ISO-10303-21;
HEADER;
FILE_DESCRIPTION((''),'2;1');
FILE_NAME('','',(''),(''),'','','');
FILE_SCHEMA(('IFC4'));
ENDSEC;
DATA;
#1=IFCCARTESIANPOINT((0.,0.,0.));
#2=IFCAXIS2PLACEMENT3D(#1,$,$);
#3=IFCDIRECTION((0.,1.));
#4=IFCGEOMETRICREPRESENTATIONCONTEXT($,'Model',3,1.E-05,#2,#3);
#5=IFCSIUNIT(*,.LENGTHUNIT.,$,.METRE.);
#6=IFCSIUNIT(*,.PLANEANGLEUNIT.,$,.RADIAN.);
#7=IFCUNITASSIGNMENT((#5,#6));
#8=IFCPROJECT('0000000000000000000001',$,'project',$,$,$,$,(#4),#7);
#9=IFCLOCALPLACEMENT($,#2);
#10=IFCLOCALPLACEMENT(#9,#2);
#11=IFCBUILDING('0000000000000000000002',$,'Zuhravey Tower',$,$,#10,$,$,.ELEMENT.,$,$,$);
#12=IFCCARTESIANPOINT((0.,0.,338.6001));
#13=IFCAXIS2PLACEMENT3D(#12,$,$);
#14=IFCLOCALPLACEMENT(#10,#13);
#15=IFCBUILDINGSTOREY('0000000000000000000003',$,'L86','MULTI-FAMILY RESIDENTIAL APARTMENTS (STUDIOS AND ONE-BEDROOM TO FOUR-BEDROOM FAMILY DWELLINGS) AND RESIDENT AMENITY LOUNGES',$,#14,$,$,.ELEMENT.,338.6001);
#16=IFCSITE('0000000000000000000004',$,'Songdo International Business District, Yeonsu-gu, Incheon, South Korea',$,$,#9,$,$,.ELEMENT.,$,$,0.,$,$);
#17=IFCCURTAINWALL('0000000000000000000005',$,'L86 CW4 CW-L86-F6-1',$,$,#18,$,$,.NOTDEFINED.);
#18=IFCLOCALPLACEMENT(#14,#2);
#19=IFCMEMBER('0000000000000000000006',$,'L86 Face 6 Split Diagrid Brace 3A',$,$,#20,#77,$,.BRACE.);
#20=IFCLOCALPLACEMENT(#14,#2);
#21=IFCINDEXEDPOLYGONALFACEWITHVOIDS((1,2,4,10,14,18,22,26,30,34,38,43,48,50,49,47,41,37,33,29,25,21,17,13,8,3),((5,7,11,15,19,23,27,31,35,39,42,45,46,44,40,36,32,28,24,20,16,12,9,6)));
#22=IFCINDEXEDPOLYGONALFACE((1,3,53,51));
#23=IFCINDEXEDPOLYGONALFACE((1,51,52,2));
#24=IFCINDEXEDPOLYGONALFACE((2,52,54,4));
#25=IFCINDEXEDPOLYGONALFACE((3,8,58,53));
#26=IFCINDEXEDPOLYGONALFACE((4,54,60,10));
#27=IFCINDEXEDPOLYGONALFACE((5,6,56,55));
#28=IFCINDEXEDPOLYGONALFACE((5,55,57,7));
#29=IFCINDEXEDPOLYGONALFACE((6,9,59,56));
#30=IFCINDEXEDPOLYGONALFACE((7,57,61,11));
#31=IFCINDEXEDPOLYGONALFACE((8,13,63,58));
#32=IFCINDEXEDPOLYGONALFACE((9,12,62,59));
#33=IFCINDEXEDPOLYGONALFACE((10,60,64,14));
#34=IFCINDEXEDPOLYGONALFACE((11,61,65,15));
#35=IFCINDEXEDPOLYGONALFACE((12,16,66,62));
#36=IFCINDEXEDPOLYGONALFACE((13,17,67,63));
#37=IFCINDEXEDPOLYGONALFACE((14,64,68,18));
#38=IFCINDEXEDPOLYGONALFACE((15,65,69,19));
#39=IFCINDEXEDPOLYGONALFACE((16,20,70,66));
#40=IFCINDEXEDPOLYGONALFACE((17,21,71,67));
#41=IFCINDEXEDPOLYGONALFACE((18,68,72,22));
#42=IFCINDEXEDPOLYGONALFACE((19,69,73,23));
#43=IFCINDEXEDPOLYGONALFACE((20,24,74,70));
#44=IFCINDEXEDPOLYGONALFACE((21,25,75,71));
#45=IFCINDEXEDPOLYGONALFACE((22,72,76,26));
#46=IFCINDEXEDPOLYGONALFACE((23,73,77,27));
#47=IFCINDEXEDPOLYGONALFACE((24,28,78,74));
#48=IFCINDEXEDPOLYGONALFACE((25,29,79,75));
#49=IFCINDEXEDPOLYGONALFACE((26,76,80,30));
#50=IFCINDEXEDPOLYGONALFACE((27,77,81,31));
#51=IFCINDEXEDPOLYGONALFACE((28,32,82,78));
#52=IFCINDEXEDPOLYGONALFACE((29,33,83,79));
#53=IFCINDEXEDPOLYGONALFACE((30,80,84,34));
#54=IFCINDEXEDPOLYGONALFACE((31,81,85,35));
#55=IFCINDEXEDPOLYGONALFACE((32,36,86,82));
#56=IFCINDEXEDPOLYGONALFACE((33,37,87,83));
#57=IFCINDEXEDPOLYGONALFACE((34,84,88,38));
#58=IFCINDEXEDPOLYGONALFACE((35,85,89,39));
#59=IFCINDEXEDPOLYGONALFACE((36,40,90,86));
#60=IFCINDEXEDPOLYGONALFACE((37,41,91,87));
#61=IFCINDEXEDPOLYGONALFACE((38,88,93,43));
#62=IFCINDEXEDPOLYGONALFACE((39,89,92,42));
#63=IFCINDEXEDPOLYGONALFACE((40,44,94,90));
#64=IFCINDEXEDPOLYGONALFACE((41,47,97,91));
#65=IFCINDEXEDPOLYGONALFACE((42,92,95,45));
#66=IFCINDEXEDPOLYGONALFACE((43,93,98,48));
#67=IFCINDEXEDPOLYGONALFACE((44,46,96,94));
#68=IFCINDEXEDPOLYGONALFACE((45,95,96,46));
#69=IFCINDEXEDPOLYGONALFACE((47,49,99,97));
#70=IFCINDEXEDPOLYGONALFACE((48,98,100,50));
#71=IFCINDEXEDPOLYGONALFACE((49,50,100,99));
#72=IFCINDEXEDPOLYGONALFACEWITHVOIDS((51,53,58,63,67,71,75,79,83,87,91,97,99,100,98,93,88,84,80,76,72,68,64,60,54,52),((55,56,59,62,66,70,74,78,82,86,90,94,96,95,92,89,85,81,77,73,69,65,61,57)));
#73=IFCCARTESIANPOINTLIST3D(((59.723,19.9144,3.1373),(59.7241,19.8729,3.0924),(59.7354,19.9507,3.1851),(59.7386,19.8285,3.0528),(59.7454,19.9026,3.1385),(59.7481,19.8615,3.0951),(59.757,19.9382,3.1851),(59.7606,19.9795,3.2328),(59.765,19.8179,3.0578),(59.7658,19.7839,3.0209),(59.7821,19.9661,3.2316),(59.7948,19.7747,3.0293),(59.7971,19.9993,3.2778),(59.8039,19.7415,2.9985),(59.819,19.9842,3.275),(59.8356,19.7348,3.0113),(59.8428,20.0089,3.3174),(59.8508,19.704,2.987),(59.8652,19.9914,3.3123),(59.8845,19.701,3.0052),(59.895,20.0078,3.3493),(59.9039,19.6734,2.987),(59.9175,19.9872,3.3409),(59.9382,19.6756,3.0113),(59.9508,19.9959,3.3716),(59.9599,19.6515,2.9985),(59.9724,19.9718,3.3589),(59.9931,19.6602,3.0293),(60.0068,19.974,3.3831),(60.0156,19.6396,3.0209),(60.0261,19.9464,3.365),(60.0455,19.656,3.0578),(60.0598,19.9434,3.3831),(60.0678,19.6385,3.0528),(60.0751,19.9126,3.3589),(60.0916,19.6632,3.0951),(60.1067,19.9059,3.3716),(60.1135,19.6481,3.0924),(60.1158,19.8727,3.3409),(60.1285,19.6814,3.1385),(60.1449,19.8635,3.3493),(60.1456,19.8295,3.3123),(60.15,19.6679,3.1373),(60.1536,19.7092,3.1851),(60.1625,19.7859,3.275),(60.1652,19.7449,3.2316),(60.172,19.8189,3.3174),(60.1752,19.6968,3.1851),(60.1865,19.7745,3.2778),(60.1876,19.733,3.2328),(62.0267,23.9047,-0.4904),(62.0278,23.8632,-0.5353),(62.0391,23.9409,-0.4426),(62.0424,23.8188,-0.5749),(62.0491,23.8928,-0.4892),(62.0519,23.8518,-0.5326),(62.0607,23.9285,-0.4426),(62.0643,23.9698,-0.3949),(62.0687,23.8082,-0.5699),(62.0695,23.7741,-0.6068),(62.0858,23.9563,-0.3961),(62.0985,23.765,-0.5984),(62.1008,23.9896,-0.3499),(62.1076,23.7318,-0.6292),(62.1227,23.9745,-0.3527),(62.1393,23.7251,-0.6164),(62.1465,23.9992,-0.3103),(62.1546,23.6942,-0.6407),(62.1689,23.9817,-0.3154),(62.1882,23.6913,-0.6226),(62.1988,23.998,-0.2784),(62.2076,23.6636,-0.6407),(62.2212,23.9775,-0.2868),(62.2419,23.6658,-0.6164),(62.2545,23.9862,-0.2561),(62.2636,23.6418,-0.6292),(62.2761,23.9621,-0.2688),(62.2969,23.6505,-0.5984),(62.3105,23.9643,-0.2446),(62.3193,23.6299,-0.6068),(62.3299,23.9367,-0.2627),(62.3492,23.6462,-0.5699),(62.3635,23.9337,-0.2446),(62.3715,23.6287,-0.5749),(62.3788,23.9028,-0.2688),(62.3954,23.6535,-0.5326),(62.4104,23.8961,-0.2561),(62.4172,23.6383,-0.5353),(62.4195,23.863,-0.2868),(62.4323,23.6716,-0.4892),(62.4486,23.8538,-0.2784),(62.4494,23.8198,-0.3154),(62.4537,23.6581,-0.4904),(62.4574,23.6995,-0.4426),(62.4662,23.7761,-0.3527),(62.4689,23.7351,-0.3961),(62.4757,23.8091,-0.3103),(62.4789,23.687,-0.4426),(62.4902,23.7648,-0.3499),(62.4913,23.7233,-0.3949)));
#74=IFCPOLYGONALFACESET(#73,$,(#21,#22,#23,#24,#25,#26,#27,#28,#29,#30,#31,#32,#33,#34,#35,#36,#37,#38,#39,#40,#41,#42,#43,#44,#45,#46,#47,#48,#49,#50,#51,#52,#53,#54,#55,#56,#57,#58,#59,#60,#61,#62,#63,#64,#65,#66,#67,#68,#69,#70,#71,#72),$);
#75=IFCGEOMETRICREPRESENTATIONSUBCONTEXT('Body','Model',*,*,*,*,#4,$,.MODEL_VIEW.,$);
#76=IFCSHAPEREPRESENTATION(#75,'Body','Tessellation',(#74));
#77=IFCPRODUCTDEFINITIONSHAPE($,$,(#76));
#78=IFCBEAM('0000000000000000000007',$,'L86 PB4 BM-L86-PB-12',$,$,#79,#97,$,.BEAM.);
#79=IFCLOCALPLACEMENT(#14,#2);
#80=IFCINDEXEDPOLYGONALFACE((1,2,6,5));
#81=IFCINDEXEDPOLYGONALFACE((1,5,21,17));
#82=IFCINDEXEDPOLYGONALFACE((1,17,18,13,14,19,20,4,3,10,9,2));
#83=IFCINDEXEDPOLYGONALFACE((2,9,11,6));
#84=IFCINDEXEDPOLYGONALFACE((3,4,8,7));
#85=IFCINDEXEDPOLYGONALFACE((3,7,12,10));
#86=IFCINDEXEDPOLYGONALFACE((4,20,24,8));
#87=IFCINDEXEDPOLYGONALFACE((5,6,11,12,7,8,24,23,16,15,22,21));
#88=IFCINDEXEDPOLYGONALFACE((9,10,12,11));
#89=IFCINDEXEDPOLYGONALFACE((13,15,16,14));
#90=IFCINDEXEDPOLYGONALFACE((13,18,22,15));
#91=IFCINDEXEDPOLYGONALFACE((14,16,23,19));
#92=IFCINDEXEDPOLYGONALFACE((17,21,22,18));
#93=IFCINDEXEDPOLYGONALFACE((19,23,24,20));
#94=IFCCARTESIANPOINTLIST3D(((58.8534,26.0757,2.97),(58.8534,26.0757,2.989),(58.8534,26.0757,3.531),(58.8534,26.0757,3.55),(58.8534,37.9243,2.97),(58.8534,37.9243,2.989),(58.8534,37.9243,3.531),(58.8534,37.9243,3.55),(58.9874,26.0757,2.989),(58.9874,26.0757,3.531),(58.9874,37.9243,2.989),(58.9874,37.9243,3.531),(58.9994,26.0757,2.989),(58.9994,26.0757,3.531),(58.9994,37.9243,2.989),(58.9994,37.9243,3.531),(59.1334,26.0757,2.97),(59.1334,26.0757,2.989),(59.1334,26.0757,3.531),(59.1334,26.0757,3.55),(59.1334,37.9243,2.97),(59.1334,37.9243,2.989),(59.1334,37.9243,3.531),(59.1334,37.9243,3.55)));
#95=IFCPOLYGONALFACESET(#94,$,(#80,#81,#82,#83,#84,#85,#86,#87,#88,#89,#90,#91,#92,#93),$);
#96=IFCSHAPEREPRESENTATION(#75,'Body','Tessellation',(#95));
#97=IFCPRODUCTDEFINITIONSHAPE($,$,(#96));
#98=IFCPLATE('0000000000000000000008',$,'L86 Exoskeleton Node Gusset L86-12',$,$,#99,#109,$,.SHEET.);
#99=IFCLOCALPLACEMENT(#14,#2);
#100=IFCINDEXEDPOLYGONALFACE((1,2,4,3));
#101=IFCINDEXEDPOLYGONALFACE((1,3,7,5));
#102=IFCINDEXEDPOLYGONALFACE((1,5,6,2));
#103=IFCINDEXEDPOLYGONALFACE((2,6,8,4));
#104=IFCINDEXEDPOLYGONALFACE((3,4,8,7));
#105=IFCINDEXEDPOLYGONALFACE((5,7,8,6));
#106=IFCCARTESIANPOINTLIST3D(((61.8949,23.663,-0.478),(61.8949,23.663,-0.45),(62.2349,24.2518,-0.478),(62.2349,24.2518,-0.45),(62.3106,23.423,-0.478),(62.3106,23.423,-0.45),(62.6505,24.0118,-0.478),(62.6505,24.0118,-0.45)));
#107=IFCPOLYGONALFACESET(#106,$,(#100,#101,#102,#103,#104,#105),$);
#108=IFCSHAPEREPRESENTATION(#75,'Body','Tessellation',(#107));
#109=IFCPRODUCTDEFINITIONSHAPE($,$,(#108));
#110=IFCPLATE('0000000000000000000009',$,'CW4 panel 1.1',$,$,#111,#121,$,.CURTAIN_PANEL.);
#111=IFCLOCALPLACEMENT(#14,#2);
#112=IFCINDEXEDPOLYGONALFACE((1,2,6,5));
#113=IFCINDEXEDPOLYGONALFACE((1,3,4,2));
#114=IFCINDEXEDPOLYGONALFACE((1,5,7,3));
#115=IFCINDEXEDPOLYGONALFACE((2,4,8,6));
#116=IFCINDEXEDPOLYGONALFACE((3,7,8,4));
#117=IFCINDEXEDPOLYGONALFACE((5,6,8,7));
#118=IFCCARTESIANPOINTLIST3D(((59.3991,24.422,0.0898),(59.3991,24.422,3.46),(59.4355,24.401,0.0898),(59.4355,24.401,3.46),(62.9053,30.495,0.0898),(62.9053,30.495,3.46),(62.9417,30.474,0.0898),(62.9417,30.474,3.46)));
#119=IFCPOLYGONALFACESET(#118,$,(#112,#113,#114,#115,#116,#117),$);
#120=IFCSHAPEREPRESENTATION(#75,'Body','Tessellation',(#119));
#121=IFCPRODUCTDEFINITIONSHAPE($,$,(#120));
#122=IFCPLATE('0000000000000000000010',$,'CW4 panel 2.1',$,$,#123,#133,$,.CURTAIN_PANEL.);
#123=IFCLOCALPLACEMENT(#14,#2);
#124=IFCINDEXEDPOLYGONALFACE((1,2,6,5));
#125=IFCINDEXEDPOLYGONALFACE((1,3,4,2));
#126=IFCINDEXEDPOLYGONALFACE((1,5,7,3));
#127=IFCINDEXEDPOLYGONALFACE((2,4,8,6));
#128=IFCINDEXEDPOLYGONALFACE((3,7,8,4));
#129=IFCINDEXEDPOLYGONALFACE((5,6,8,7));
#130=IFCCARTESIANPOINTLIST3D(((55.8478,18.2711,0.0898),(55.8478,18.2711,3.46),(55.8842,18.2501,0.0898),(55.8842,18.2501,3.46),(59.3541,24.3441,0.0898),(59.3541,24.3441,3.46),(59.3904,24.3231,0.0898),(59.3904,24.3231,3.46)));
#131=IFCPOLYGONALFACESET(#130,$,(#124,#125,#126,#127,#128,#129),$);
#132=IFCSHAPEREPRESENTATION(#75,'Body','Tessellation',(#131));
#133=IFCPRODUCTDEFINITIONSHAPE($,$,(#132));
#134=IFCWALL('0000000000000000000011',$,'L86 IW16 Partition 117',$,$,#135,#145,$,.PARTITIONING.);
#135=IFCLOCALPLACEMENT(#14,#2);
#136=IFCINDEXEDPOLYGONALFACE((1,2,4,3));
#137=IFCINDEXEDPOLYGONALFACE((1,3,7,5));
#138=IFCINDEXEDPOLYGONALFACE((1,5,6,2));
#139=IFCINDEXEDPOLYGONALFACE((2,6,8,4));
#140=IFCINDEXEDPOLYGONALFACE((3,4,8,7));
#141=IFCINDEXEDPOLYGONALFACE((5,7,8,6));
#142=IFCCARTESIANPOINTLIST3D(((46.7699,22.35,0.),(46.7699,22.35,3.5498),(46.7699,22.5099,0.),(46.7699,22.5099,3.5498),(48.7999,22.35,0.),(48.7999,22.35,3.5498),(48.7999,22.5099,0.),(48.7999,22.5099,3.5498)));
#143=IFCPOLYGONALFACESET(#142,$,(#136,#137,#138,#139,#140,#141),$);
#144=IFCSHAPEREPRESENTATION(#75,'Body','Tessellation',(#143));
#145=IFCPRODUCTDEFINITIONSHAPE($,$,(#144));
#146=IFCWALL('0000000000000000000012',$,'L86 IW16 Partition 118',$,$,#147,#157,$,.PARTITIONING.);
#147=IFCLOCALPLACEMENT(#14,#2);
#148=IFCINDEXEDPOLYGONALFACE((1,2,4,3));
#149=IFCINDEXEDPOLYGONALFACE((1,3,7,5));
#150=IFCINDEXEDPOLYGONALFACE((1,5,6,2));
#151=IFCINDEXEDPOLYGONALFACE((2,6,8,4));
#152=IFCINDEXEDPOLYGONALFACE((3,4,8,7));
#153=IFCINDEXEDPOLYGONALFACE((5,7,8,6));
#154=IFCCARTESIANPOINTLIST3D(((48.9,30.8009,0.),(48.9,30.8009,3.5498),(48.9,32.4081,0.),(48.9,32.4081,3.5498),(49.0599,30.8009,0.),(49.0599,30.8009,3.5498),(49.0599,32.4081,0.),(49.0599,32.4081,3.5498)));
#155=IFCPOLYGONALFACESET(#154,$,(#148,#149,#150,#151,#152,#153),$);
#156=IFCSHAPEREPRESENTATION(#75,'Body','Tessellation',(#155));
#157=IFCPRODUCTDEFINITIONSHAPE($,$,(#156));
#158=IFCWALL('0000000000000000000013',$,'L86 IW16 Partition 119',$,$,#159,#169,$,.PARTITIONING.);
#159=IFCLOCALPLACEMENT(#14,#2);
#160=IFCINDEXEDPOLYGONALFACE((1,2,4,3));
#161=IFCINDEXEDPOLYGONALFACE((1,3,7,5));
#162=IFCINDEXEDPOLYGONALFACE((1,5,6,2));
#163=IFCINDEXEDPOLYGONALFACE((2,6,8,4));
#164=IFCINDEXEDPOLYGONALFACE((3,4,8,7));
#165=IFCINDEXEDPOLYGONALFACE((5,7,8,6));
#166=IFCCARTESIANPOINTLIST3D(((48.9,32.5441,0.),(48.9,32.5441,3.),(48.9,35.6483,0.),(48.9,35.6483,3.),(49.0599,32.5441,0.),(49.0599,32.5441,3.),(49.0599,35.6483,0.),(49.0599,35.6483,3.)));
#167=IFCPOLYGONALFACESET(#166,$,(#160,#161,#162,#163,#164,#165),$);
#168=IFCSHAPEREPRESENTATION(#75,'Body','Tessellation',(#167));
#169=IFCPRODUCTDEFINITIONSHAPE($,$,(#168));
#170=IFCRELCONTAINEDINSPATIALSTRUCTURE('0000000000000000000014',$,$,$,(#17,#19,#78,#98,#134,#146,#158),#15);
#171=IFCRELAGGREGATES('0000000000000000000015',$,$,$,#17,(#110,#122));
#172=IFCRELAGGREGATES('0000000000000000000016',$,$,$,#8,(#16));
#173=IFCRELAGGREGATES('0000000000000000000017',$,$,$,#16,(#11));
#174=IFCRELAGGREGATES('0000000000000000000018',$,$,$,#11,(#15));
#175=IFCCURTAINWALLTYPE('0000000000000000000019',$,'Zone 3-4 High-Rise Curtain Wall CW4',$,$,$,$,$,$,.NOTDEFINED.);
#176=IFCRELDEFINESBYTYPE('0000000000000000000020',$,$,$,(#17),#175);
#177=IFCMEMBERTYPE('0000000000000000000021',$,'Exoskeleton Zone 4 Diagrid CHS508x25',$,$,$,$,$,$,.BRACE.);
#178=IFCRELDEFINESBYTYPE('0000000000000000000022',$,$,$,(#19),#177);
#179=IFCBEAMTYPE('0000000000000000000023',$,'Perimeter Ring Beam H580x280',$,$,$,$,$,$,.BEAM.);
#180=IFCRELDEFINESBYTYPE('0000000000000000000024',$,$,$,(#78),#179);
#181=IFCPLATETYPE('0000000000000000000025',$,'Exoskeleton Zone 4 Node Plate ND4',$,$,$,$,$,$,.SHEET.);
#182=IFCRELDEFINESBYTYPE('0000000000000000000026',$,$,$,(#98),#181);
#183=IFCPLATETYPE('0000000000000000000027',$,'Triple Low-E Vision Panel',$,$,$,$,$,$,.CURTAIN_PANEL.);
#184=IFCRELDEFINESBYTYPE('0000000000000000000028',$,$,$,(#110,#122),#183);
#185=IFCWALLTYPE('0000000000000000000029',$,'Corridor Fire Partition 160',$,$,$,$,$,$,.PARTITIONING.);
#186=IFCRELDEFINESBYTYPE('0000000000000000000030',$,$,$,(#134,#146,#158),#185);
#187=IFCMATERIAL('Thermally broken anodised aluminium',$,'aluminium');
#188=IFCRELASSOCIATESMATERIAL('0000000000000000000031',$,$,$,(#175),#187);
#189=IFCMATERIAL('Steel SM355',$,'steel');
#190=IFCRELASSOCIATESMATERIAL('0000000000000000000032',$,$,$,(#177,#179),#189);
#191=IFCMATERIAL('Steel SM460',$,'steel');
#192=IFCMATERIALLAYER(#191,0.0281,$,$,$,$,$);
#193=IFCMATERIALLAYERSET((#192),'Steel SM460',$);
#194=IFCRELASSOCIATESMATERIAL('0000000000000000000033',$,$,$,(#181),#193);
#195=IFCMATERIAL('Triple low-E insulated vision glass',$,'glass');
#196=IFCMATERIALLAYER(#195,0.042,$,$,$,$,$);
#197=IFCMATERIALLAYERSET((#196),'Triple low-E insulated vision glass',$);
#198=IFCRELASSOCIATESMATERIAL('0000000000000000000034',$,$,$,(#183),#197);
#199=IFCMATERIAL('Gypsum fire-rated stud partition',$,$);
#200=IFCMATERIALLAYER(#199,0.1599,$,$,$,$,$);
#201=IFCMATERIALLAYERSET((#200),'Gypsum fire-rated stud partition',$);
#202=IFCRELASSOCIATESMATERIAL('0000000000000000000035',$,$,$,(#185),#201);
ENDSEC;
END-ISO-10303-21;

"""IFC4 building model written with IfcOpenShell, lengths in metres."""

from ifc_helpers import new_model, si_unit, direction, frame, frame_2d, origin, origin_2d, place, context, subcontext, project, spatial, rectangle, hollow_circle, i_section, extrude, material, layer, layer_set, material_profile, profile_set, type_object, element, aggregate, save


model = new_model("IFC4")

# Units and contexts
model_context = context("Model", 3, precision=1e-05, world=origin(), true_north=direction((0.0, 1.0)))
body_context = subcontext(model_context, "Body", "Model", "MODEL_VIEW")
ifc_project = project(units=[si_unit("LENGTHUNIT", "METRE"), si_unit("PLANEANGLEUNIT", "RADIAN")], contexts=[model_context])

# Site, building, storey
site_placement = place(None, origin())
site = spatial("IfcSite", under=ifc_project, at=site_placement, Name="Songdo International Business District, Yeonsu-gu, Incheon, South Korea", CompositionType="ELEMENT", RefElevation=0.0)
building_placement = place(site_placement, origin())
building = spatial("IfcBuilding", under=site, at=building_placement, Name="Zuhravey Tower", CompositionType="ELEMENT")
storey_placement = place(building_placement, frame((0.0, 0.0, 338.6001)))
storey = spatial("IfcBuildingStorey", under=building, at=storey_placement, Name="L86", Description="MULTI-FAMILY RESIDENTIAL APARTMENTS (STUDIOS AND ONE-BEDROOM TO FOUR-BEDROOM FAMILY DWELLINGS) AND RESIDENT AMENITY LOUNGES", CompositionType="ELEMENT", Elevation=338.6001)

# Curtain wall
ifc_material_1 = material(Name="Thermally broken anodised aluminium", Category="aluminium")
curtain_wall_type = type_object("IfcCurtainWallType", Name="Zone 3-4 High-Rise Curtain Wall CW4", PredefinedType="NOTDEFINED", material=ifc_material_1)
curtain_wall_placement = place(storey_placement, origin())
curtain_wall = element("IfcCurtainWall", 1, at=curtain_wall_placement, inside=storey, type_object=curtain_wall_type, Name="L86 CW4 CW-L86-F6-1", PredefinedType="NOTDEFINED")

# Member
ifc_material_2 = material(Name="Steel SM355", Category="steel")
ifc_material_profile_1 = material_profile(ifc_material_2, hollow_circle(Radius=0.2539, WallThickness=0.0249, at=origin_2d()), Name="CHS-508.0x25")
ifc_profile_set_1 = profile_set([ifc_material_profile_1], Name="Steel SM355")
member_type_1 = type_object("IfcMemberType", Name="Exoskeleton Zone 4 Diagrid CHS508x25", PredefinedType="BRACE", material=ifc_profile_set_1)
member_1_placement = place(storey_placement, frame((62.259, 23.814, -0.4426), z_axis=(-0.392841, -0.680437, 0.618613), x_axis=(0.86603, -0.499992, 0.0)))
element("IfcMember", 2, at=member_1_placement, inside=storey, type_object=member_type_1, Name="L86 Face 6 Split Diagrid Brace 3A", PredefinedType="BRACE", context=body_context, shape_type="SweptSolid", body=[
    extrude(hollow_circle(Radius=0.2539, WallThickness=0.0249, at=origin_2d()), origin(), (0.0, 0.0, 1.0), 5.8643),
])

# Beam
ifc_material_profile_2 = material_profile(ifc_material_2, i_section(OverallWidth=0.28, OverallDepth=0.5801, WebThickness=0.012, FlangeThickness=0.019, at=origin_2d()), Name="H-580x280x12x19")
ifc_profile_set_2 = profile_set([ifc_material_profile_2], Name="Steel SM355")
beam_type = type_object("IfcBeamType", Name="Perimeter Ring Beam H580x280", PredefinedType="BEAM", material=ifc_profile_set_2)
beam_placement = place(storey_placement, frame((58.9934, 26.0757, 3.26), z_axis=(0.0, 1.0, 0.0), x_axis=(-1.0, 0.0, 0.0)))
element("IfcBeam", 3, at=beam_placement, inside=storey, type_object=beam_type, Name="L86 PB4 BM-L86-PB-12", PredefinedType="BEAM", context=body_context, shape_type="SweptSolid", body=[
    extrude(i_section(OverallWidth=0.28, OverallDepth=0.5801, WebThickness=0.012, FlangeThickness=0.019, at=origin_2d()), origin(), (0.0, 0.0, 1.0), 11.8486),
])

# Plates
ifc_material_3 = material(Name="Steel SM460", Category="steel")
ifc_layer_1 = layer(ifc_material_3, 0.0281)
ifc_layer_set_1 = layer_set([ifc_layer_1], Name="Steel SM460")
plate_type_1 = type_object("IfcPlateType", Name="Exoskeleton Zone 4 Node Plate ND4", PredefinedType="SHEET", material=ifc_layer_set_1)
plate_1_placement = place(storey_placement, frame((62.2727, 23.8374, -0.478), z_axis=(0.0, 0.0, 1.0), x_axis=(0.5, 0.866025, 0.0)))
element("IfcPlate", 4, at=plate_1_placement, inside=storey, type_object=plate_type_1, Name="L86 Exoskeleton Node Gusset L86-12", PredefinedType="SHEET", context=body_context, shape_type="SweptSolid", body=[
    extrude(rectangle(XDim=0.6799, YDim=0.48, at=origin_2d()), origin(), (0.0, 0.0, 1.0), 0.0281),
])
ifc_material_4 = material(Name="Triple low-E insulated vision glass", Category="glass")
ifc_layer_2 = layer(ifc_material_4, 0.042)
ifc_layer_set_2 = layer_set([ifc_layer_2], Name="Triple low-E insulated vision glass")
plate_type_2 = type_object("IfcPlateType", Name="Triple Low-E Vision Panel", PredefinedType="CURTAIN_PANEL", material=ifc_layer_set_2)
plate_2_placement = place(storey_placement, frame((61.1704, 27.448, 0.0898), z_axis=(0.0, 0.0, 1.0), x_axis=(-0.499999, -0.866026, 0.0)))
plate_2 = element("IfcPlate", 5, at=plate_2_placement, type_object=plate_type_2, Name="CW4 panel 1.1", PredefinedType="CURTAIN_PANEL", context=body_context, shape_type="SweptSolid", body=[
    extrude(rectangle(XDim=7.0125, YDim=0.042, at=origin_2d()), origin(), (0.0, 0.0, 1.0), 3.3701),
])
plate_3_placement = place(storey_placement, frame((57.6191, 21.2971, 0.0898), z_axis=(0.0, 0.0, 1.0), x_axis=(-0.499999, -0.866026, 0.0)))
plate_3 = element("IfcPlate", 6, at=plate_3_placement, type_object=plate_type_2, Name="CW4 panel 2.1", PredefinedType="CURTAIN_PANEL", context=body_context, shape_type="SweptSolid", body=[
    extrude(rectangle(XDim=7.0125, YDim=0.042, at=origin_2d()), origin(), (0.0, 0.0, 1.0), 3.3701),
])
aggregate(curtain_wall, [plate_2, plate_3])

# Walls
ifc_material_5 = material(Name="Gypsum fire-rated stud partition")
ifc_layer_3 = layer(ifc_material_5, 0.1599)
ifc_layer_set_3 = layer_set([ifc_layer_3], Name="Gypsum fire-rated stud partition")
wall_type_1 = type_object("IfcWallType", Name="Corridor Fire Partition 160", PredefinedType="PARTITIONING", material=ifc_layer_set_3)
wall_1_placement = place(storey_placement, frame((48.8, 22.4299, 0.0), z_axis=(0.0, 0.0, 1.0), x_axis=(-1.0, 0.0, 0.0)))
element("IfcWall", 7, at=wall_1_placement, inside=storey, type_object=wall_type_1, Name="L86 IW16 Partition 117", PredefinedType="PARTITIONING", context=body_context, shape_type="SweptSolid", body=[
    extrude(rectangle(XDim=2.03, YDim=0.1599, at=frame_2d((1.0151, 0.0))), origin(), (0.0, 0.0, 1.0), 3.5498),
])
wall_2_placement = place(storey_placement, frame((48.98, 30.8008, 0.0), z_axis=(0.0, 0.0, 1.0), x_axis=(0.0, 1.0, 0.0)))
element("IfcWall", 8, at=wall_2_placement, inside=storey, type_object=wall_type_1, Name="L86 IW16 Partition 118", PredefinedType="PARTITIONING", context=body_context, shape_type="SweptSolid", body=[
    extrude(rectangle(XDim=1.6072, YDim=0.1599, at=frame_2d((0.8037, 0.0))), origin(), (0.0, 0.0, 1.0), 3.5498),
])
wall_3_placement = place(storey_placement, frame((48.98, 32.5439, 0.0), z_axis=(0.0, 0.0, 1.0), x_axis=(0.0, 1.0, 0.0)))
element("IfcWall", 9, at=wall_3_placement, inside=storey, type_object=wall_type_1, Name="L86 IW16 Partition 119", PredefinedType="PARTITIONING", context=body_context, shape_type="SweptSolid", body=[
    extrude(rectangle(XDim=3.1042, YDim=0.1599, at=frame_2d((1.5522, 0.0))), origin(), (0.0, 0.0, 1.0), 3.0),
])

save(model, "model.ifc")
